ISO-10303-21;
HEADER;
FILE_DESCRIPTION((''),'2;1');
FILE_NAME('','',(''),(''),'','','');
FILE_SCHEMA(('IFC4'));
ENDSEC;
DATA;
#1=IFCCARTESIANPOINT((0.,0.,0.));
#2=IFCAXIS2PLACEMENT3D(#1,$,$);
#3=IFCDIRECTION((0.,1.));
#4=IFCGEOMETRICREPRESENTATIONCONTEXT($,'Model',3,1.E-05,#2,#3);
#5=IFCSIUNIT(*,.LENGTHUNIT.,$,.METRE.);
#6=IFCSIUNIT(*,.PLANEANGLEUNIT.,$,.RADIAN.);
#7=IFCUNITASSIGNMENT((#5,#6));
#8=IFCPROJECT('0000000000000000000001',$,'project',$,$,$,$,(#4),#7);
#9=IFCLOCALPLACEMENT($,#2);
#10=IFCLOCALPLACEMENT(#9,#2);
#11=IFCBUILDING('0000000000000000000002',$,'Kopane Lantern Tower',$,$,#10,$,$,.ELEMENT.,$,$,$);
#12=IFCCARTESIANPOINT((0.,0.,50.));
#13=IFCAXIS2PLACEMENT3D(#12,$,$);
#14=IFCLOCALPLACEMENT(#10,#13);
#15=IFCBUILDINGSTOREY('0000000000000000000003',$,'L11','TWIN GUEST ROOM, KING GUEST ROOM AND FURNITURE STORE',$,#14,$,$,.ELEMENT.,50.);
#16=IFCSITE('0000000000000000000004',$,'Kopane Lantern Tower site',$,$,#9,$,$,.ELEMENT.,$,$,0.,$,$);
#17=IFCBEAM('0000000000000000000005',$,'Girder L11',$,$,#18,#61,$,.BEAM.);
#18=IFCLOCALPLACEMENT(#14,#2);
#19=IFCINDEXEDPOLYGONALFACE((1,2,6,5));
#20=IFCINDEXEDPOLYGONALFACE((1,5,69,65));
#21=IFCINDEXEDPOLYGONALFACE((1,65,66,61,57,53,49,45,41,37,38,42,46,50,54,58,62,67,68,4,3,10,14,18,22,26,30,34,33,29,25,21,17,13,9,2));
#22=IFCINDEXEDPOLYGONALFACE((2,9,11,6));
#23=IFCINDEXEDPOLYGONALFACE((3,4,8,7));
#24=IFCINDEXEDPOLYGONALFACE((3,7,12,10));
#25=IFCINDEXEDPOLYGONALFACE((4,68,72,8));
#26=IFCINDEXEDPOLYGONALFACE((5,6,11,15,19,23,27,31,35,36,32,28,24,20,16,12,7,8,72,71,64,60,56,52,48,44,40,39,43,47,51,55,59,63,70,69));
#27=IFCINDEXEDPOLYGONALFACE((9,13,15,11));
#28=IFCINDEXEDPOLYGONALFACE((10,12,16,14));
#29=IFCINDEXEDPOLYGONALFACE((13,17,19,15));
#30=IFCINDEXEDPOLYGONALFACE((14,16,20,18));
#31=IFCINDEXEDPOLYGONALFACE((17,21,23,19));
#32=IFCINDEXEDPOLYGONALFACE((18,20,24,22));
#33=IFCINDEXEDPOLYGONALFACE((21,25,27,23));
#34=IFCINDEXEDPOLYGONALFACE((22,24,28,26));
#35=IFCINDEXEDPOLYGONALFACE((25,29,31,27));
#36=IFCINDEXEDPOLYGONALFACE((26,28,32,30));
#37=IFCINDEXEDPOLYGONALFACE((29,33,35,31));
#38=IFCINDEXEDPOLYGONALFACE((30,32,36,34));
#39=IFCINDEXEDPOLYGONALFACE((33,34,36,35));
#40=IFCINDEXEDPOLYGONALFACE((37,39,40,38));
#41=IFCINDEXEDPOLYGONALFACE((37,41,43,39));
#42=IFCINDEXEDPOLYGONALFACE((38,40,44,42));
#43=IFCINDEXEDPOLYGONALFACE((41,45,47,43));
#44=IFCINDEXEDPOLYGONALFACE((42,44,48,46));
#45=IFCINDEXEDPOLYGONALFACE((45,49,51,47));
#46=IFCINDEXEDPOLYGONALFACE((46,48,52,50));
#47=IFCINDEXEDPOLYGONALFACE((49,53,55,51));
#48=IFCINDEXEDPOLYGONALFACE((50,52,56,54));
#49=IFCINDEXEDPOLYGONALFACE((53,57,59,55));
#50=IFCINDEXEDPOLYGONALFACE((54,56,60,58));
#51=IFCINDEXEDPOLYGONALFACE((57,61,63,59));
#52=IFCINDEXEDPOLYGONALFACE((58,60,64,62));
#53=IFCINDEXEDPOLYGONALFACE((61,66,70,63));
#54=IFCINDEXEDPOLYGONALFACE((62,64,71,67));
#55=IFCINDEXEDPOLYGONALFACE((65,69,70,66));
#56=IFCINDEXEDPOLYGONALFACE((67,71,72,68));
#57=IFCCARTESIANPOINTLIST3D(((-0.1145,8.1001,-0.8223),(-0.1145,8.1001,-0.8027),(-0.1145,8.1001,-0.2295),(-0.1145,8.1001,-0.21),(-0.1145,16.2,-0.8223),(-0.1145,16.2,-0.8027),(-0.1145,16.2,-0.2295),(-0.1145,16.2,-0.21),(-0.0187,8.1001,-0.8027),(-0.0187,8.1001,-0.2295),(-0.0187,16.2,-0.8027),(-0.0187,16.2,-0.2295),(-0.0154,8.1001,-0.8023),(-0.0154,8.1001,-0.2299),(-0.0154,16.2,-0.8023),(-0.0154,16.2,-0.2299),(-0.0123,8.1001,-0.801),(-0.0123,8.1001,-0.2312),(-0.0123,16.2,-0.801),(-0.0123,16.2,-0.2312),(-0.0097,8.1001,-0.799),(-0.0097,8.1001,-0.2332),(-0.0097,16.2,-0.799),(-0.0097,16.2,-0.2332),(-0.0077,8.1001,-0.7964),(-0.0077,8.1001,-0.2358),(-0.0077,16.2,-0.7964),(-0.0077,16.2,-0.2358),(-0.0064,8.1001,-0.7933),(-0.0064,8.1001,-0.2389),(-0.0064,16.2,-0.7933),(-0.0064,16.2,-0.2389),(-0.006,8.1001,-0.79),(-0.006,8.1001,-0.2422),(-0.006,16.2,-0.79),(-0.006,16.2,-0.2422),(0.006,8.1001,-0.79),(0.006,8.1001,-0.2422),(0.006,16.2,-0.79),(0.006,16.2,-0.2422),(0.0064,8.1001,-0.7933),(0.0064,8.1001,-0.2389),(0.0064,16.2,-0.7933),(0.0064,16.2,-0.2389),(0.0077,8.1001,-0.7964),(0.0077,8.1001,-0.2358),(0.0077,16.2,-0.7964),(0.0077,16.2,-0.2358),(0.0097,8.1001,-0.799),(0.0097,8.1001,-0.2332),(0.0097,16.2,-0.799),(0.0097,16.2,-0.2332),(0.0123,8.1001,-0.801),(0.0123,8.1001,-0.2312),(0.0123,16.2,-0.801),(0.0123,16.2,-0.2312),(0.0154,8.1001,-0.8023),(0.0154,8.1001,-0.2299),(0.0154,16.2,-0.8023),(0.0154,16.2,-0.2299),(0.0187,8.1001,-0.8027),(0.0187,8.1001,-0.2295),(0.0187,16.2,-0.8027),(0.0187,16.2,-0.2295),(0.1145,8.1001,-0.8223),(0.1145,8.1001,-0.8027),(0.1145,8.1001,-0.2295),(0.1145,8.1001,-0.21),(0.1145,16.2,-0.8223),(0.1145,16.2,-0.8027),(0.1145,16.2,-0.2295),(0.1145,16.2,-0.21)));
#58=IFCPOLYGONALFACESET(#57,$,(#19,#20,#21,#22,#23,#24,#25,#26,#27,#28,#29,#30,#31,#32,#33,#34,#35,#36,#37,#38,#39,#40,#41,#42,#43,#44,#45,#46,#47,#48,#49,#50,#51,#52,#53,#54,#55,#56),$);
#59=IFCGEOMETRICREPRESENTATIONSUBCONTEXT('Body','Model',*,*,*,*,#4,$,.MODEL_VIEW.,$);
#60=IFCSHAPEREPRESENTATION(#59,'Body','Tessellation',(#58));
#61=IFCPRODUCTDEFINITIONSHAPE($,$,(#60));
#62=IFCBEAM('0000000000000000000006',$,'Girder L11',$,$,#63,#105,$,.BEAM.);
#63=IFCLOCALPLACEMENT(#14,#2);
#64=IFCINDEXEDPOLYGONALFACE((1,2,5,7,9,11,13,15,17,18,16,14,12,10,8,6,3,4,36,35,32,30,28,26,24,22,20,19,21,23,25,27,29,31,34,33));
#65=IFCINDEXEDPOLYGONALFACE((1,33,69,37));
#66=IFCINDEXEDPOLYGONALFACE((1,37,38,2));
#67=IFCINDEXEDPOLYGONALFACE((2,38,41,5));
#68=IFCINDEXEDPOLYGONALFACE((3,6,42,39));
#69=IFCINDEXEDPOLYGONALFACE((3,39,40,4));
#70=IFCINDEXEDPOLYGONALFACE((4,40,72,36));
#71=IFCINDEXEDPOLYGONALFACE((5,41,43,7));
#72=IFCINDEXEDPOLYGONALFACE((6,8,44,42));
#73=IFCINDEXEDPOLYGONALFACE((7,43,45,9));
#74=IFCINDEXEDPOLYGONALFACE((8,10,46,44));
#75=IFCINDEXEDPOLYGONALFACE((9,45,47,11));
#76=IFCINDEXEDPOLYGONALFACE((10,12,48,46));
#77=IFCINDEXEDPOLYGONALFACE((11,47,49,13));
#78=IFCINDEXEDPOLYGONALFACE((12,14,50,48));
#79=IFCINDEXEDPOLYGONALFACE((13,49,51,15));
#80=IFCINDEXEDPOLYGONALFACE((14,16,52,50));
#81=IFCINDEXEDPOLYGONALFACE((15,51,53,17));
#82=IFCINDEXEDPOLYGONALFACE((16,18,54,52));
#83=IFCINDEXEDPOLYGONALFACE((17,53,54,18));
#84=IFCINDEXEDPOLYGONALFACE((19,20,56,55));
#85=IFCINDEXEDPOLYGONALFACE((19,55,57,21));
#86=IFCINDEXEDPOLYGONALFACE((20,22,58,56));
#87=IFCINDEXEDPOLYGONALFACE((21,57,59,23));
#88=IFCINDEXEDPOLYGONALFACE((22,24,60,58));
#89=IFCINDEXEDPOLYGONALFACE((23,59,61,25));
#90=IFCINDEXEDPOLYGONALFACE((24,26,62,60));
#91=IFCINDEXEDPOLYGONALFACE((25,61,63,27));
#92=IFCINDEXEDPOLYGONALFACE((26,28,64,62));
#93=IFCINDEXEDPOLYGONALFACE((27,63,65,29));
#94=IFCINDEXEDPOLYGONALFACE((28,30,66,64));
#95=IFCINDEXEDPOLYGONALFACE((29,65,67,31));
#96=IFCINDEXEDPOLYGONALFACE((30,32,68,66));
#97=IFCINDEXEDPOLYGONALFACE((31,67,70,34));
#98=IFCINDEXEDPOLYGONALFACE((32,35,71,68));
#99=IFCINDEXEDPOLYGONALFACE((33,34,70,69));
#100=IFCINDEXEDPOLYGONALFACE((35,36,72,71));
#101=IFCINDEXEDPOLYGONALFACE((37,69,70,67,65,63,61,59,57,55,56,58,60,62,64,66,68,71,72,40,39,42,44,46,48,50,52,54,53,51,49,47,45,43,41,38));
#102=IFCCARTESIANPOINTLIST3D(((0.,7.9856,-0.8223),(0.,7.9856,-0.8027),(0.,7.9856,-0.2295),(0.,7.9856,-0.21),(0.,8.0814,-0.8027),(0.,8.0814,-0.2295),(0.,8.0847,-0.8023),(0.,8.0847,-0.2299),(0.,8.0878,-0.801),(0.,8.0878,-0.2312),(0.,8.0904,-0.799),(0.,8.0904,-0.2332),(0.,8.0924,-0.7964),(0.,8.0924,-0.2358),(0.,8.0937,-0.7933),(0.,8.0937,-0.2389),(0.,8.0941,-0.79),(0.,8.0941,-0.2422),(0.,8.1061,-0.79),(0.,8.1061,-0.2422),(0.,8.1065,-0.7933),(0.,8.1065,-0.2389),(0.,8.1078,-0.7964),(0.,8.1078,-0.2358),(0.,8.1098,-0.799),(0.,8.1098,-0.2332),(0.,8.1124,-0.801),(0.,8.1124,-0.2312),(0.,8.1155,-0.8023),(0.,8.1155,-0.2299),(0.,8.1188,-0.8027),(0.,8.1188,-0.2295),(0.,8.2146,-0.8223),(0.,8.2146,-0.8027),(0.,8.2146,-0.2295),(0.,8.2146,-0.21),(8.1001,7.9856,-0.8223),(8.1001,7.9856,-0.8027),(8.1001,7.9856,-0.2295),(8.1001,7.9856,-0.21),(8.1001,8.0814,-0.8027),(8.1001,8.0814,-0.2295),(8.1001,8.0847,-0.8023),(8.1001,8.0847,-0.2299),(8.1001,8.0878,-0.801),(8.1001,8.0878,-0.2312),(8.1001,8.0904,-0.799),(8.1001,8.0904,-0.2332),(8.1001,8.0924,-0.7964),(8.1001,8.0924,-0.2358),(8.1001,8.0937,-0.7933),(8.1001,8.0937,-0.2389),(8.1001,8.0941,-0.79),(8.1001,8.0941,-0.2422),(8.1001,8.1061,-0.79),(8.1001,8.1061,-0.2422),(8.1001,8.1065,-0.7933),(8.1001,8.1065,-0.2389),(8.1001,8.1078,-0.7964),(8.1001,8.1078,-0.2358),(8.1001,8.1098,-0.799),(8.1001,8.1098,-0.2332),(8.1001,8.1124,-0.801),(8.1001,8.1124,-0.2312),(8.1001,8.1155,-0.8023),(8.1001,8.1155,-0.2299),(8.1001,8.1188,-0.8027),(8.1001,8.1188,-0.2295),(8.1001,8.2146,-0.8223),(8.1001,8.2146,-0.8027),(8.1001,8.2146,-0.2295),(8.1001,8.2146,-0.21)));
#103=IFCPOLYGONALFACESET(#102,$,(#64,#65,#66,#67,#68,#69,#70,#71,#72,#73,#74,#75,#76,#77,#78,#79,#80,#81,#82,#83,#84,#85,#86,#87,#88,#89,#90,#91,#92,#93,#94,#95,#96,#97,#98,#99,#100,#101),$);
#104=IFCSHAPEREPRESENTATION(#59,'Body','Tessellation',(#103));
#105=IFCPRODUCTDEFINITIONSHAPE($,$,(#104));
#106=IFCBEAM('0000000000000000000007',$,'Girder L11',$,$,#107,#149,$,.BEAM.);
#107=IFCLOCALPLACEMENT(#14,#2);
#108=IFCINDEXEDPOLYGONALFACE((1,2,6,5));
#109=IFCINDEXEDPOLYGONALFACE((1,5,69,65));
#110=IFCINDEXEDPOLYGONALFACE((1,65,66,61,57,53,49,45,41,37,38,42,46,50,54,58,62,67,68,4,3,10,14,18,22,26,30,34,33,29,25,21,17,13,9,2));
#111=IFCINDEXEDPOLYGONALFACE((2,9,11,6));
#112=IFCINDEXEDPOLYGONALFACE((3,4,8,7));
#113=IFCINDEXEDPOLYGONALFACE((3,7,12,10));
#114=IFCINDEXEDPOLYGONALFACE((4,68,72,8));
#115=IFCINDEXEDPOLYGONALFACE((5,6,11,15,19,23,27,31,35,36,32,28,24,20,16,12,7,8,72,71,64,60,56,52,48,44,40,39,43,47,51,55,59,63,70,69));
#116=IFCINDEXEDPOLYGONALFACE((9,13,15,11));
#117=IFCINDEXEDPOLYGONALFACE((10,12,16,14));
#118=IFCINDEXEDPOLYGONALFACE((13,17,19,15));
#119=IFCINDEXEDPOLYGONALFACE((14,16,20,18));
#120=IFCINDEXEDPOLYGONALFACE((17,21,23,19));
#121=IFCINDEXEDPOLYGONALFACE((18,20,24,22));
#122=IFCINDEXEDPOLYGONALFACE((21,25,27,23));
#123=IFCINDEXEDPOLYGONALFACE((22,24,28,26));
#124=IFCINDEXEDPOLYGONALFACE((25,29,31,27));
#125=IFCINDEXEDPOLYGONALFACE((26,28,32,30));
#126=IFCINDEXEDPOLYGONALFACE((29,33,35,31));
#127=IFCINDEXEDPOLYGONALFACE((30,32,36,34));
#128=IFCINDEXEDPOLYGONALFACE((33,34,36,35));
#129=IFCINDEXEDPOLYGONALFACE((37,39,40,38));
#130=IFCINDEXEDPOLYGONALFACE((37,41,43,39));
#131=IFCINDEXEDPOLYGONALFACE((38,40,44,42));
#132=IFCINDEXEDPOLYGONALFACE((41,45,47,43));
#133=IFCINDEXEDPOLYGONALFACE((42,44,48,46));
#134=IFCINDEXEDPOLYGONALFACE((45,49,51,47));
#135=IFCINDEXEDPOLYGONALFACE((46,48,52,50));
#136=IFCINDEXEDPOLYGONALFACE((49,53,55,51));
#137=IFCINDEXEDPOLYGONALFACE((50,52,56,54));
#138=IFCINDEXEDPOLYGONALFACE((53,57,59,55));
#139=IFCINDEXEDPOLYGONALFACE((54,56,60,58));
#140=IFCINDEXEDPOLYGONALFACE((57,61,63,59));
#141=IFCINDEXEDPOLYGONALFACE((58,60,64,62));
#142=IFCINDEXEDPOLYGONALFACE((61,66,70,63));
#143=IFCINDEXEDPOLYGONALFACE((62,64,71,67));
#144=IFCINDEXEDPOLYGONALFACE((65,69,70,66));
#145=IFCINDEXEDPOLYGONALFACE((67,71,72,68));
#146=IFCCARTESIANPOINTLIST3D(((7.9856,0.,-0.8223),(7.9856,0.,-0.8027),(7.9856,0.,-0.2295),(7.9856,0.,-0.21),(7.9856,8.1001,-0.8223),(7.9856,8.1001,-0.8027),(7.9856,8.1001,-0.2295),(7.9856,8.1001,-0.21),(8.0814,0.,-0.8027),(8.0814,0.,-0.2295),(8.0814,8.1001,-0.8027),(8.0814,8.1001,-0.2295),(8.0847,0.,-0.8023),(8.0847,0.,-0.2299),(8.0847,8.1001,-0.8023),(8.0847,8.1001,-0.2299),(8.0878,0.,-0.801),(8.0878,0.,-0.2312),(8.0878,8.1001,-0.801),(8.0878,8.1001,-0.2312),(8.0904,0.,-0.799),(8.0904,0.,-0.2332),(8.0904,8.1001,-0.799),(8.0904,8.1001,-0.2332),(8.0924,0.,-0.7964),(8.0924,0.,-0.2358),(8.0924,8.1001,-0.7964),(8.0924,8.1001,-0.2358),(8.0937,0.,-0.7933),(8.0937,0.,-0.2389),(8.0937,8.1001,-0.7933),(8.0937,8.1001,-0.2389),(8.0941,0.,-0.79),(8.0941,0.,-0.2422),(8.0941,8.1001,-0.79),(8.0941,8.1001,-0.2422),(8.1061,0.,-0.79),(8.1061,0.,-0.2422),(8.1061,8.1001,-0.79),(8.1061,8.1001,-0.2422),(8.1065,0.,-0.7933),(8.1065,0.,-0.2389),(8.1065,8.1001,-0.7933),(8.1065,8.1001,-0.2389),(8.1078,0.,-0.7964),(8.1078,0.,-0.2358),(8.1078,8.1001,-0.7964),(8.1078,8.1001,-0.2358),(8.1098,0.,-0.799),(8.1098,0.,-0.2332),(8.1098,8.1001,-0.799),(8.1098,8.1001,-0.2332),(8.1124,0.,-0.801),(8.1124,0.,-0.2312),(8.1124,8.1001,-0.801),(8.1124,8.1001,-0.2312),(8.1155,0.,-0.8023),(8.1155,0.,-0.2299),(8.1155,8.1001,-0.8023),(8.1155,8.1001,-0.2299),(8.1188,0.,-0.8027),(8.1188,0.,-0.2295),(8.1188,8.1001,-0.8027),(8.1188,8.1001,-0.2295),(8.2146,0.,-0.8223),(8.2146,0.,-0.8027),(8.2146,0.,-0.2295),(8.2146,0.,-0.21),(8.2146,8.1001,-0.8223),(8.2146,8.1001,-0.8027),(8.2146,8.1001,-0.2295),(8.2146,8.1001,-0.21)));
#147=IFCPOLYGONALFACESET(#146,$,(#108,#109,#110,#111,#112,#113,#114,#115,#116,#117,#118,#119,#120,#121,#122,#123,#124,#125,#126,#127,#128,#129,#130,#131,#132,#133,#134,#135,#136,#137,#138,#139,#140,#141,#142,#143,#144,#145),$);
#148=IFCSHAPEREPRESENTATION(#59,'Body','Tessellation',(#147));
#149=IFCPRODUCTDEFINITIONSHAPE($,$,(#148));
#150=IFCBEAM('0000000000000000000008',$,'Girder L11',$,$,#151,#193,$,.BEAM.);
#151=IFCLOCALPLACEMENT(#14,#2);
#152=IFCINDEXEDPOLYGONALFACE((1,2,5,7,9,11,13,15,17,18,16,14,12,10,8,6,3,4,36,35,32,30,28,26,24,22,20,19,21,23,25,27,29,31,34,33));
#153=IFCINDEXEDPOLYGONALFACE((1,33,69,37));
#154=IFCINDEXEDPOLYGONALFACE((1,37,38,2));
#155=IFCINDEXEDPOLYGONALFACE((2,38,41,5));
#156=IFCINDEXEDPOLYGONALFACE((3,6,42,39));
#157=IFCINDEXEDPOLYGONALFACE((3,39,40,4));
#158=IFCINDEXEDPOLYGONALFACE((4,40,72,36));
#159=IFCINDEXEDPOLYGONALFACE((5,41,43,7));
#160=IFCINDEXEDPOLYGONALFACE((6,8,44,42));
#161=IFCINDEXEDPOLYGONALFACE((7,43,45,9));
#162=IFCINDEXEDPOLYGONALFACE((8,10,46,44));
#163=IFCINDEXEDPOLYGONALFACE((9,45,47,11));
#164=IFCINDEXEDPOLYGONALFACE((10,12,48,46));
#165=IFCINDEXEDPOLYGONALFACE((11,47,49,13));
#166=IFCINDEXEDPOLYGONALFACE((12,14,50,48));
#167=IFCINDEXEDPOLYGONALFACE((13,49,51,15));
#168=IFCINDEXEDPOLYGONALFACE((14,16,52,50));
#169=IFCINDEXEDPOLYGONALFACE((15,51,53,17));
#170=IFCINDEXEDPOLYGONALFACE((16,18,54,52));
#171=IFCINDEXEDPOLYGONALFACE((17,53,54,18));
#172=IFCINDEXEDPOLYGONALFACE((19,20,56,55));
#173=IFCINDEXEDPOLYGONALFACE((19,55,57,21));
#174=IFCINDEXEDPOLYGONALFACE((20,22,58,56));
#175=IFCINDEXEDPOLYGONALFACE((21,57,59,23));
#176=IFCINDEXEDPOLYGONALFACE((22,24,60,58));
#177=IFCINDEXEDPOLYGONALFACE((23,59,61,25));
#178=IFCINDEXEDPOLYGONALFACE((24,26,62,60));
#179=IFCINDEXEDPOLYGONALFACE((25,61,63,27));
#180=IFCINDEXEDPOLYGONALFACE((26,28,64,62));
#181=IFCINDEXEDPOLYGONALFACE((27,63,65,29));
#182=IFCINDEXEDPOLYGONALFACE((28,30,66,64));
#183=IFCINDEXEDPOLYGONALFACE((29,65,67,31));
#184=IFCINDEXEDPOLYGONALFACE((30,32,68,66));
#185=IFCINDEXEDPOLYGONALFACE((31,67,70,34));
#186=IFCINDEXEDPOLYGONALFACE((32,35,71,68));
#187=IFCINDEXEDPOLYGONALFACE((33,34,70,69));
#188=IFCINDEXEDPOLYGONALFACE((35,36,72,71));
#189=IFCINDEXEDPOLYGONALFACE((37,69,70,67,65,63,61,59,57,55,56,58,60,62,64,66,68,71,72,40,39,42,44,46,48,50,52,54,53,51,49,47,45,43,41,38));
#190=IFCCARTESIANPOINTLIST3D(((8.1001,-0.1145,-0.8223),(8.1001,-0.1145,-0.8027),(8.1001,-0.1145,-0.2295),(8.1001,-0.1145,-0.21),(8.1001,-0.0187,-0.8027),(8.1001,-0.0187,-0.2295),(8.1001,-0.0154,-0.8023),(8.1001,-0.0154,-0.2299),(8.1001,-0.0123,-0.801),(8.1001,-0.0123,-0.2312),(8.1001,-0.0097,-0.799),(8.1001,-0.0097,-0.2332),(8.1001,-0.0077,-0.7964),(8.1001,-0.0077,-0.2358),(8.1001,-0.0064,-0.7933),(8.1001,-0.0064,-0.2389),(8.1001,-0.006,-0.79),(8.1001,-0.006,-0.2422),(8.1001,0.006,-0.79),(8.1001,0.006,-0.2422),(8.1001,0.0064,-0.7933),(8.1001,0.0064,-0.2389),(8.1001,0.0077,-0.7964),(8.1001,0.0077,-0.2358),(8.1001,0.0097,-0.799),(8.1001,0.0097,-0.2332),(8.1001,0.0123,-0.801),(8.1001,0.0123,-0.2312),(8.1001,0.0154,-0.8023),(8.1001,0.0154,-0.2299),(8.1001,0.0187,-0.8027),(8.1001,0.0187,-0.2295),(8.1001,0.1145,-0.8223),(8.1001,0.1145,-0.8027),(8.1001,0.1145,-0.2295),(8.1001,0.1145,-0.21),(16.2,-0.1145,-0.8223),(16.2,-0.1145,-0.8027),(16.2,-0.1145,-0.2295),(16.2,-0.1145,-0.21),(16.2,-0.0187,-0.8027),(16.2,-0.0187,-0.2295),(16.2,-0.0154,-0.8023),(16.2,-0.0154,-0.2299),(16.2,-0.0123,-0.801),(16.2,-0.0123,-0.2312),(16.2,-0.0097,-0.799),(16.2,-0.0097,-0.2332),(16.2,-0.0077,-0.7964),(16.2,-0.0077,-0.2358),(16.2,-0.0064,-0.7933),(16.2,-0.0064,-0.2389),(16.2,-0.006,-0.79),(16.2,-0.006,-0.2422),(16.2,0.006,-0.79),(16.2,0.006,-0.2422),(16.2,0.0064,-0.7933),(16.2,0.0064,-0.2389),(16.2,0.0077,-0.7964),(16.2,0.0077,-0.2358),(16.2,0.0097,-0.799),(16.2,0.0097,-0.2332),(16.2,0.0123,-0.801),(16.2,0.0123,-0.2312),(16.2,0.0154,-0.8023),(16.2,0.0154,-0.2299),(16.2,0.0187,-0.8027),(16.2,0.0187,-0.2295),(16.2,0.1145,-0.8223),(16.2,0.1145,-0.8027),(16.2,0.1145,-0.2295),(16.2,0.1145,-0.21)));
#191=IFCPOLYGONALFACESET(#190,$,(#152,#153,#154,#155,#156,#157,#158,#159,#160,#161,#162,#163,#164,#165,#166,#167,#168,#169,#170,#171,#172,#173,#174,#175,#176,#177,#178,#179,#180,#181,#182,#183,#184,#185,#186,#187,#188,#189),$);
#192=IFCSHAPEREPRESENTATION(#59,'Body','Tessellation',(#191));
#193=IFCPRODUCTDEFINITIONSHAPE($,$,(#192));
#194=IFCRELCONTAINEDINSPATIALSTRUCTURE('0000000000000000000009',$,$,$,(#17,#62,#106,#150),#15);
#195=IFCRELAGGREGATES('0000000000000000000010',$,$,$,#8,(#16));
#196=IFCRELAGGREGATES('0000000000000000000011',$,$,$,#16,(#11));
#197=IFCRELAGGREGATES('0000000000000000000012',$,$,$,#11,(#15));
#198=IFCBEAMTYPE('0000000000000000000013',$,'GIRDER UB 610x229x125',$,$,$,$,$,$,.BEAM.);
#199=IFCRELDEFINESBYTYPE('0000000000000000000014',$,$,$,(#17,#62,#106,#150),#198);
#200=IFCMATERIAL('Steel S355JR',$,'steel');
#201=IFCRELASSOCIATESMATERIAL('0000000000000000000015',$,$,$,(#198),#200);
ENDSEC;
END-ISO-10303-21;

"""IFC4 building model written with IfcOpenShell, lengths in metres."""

from ifc_helpers import new_model, si_unit, direction, frame, origin, origin_2d, place, context, subcontext, project, spatial, i_section, extrude, material, material_profile, profile_set, type_object, element, save


model = new_model("IFC4")

# Units and contexts
model_context = context("Model", 3, precision=1e-05, world=origin(), true_north=direction((0.0, 1.0)))
body_context = subcontext(model_context, "Body", "Model", "MODEL_VIEW")
ifc_project = project(units=[si_unit("LENGTHUNIT", "METRE"), si_unit("PLANEANGLEUNIT", "RADIAN")], contexts=[model_context])

# Site, building, storey
site_placement = place(None, origin())
site = spatial("IfcSite", under=ifc_project, at=site_placement, Name="Kopane Lantern Tower site", CompositionType="ELEMENT", RefElevation=0.0)
building_placement = place(site_placement, origin())
building = spatial("IfcBuilding", under=site, at=building_placement, Name="Kopane Lantern Tower", CompositionType="ELEMENT")
storey_placement = place(building_placement, frame((0.0, 0.0, 50.0)))
storey = spatial("IfcBuildingStorey", under=building, at=storey_placement, Name="L11", Description="TWIN GUEST ROOM, KING GUEST ROOM AND FURNITURE STORE", CompositionType="ELEMENT", Elevation=50.0)

# Beams
ifc_material_1 = material(Name="Steel S355JR", Category="steel")
ifc_material_profile_1 = material_profile(ifc_material_1, i_section(OverallWidth=0.229, OverallDepth=0.6123, WebThickness=0.012, FlangeThickness=0.0195, FilletRadius=0.0127, at=origin_2d()), Name="UB 610x229x125")
ifc_profile_set_1 = profile_set([ifc_material_profile_1], Name="Steel S355JR")
beam_type_1 = type_object("IfcBeamType", Name="GIRDER UB 610x229x125", PredefinedType="BEAM", material=ifc_profile_set_1)
beam_1_placement = place(storey_placement, frame((0.0, 8.1001, -0.5161), z_axis=(0.0, 1.0, 0.0), x_axis=(-1.0, 0.0, 0.0)))
element("IfcBeam", 1, at=beam_1_placement, inside=storey, type_object=beam_type_1, Name="Girder L11", PredefinedType="BEAM", context=body_context, shape_type="SweptSolid", body=[
    extrude(i_section(OverallWidth=0.229, OverallDepth=0.6123, WebThickness=0.012, FlangeThickness=0.0195, FilletRadius=0.0127, at=origin_2d()), origin(), (0.0, 0.0, 1.0), 8.0999),
])
for number, where, z_axis, x_axis, name in (
    (2, (0.0, 8.1001, -0.5161), (1.0, 0.0, 0.0), (0.0, 1.0, 0.0), "Girder L11"),
    (3, (8.1001, 0.0, -0.5161), (0.0, 1.0, 0.0), (-1.0, 0.0, 0.0), "Girder L11"),
):
    element("IfcBeam", number, at=place(storey_placement, frame(where, z_axis=z_axis, x_axis=x_axis)), inside=storey, type_object=beam_type_1, Name=name, PredefinedType="BEAM", context=body_context, shape_type="SweptSolid", body=[
        extrude(i_section(OverallWidth=0.229, OverallDepth=0.6123, WebThickness=0.012, FlangeThickness=0.0195, FilletRadius=0.0127, at=origin_2d()), origin(), (0.0, 0.0, 1.0), 8.1001),
    ])
for number, where, z_axis, x_axis, name in (
    (4, (8.1001, 0.0, -0.5161), (1.0, 0.0, 0.0), (0.0, 1.0, 0.0), "Girder L11"),
):
    element("IfcBeam", number, at=place(storey_placement, frame(where, z_axis=z_axis, x_axis=x_axis)), inside=storey, type_object=beam_type_1, Name=name, PredefinedType="BEAM", context=body_context, shape_type="SweptSolid", body=[
        extrude(i_section(OverallWidth=0.229, OverallDepth=0.6123, WebThickness=0.012, FlangeThickness=0.0195, FilletRadius=0.0127, at=origin_2d()), origin(), (0.0, 0.0, 1.0), 8.0999),
    ])

save(model, "model.ifc")
